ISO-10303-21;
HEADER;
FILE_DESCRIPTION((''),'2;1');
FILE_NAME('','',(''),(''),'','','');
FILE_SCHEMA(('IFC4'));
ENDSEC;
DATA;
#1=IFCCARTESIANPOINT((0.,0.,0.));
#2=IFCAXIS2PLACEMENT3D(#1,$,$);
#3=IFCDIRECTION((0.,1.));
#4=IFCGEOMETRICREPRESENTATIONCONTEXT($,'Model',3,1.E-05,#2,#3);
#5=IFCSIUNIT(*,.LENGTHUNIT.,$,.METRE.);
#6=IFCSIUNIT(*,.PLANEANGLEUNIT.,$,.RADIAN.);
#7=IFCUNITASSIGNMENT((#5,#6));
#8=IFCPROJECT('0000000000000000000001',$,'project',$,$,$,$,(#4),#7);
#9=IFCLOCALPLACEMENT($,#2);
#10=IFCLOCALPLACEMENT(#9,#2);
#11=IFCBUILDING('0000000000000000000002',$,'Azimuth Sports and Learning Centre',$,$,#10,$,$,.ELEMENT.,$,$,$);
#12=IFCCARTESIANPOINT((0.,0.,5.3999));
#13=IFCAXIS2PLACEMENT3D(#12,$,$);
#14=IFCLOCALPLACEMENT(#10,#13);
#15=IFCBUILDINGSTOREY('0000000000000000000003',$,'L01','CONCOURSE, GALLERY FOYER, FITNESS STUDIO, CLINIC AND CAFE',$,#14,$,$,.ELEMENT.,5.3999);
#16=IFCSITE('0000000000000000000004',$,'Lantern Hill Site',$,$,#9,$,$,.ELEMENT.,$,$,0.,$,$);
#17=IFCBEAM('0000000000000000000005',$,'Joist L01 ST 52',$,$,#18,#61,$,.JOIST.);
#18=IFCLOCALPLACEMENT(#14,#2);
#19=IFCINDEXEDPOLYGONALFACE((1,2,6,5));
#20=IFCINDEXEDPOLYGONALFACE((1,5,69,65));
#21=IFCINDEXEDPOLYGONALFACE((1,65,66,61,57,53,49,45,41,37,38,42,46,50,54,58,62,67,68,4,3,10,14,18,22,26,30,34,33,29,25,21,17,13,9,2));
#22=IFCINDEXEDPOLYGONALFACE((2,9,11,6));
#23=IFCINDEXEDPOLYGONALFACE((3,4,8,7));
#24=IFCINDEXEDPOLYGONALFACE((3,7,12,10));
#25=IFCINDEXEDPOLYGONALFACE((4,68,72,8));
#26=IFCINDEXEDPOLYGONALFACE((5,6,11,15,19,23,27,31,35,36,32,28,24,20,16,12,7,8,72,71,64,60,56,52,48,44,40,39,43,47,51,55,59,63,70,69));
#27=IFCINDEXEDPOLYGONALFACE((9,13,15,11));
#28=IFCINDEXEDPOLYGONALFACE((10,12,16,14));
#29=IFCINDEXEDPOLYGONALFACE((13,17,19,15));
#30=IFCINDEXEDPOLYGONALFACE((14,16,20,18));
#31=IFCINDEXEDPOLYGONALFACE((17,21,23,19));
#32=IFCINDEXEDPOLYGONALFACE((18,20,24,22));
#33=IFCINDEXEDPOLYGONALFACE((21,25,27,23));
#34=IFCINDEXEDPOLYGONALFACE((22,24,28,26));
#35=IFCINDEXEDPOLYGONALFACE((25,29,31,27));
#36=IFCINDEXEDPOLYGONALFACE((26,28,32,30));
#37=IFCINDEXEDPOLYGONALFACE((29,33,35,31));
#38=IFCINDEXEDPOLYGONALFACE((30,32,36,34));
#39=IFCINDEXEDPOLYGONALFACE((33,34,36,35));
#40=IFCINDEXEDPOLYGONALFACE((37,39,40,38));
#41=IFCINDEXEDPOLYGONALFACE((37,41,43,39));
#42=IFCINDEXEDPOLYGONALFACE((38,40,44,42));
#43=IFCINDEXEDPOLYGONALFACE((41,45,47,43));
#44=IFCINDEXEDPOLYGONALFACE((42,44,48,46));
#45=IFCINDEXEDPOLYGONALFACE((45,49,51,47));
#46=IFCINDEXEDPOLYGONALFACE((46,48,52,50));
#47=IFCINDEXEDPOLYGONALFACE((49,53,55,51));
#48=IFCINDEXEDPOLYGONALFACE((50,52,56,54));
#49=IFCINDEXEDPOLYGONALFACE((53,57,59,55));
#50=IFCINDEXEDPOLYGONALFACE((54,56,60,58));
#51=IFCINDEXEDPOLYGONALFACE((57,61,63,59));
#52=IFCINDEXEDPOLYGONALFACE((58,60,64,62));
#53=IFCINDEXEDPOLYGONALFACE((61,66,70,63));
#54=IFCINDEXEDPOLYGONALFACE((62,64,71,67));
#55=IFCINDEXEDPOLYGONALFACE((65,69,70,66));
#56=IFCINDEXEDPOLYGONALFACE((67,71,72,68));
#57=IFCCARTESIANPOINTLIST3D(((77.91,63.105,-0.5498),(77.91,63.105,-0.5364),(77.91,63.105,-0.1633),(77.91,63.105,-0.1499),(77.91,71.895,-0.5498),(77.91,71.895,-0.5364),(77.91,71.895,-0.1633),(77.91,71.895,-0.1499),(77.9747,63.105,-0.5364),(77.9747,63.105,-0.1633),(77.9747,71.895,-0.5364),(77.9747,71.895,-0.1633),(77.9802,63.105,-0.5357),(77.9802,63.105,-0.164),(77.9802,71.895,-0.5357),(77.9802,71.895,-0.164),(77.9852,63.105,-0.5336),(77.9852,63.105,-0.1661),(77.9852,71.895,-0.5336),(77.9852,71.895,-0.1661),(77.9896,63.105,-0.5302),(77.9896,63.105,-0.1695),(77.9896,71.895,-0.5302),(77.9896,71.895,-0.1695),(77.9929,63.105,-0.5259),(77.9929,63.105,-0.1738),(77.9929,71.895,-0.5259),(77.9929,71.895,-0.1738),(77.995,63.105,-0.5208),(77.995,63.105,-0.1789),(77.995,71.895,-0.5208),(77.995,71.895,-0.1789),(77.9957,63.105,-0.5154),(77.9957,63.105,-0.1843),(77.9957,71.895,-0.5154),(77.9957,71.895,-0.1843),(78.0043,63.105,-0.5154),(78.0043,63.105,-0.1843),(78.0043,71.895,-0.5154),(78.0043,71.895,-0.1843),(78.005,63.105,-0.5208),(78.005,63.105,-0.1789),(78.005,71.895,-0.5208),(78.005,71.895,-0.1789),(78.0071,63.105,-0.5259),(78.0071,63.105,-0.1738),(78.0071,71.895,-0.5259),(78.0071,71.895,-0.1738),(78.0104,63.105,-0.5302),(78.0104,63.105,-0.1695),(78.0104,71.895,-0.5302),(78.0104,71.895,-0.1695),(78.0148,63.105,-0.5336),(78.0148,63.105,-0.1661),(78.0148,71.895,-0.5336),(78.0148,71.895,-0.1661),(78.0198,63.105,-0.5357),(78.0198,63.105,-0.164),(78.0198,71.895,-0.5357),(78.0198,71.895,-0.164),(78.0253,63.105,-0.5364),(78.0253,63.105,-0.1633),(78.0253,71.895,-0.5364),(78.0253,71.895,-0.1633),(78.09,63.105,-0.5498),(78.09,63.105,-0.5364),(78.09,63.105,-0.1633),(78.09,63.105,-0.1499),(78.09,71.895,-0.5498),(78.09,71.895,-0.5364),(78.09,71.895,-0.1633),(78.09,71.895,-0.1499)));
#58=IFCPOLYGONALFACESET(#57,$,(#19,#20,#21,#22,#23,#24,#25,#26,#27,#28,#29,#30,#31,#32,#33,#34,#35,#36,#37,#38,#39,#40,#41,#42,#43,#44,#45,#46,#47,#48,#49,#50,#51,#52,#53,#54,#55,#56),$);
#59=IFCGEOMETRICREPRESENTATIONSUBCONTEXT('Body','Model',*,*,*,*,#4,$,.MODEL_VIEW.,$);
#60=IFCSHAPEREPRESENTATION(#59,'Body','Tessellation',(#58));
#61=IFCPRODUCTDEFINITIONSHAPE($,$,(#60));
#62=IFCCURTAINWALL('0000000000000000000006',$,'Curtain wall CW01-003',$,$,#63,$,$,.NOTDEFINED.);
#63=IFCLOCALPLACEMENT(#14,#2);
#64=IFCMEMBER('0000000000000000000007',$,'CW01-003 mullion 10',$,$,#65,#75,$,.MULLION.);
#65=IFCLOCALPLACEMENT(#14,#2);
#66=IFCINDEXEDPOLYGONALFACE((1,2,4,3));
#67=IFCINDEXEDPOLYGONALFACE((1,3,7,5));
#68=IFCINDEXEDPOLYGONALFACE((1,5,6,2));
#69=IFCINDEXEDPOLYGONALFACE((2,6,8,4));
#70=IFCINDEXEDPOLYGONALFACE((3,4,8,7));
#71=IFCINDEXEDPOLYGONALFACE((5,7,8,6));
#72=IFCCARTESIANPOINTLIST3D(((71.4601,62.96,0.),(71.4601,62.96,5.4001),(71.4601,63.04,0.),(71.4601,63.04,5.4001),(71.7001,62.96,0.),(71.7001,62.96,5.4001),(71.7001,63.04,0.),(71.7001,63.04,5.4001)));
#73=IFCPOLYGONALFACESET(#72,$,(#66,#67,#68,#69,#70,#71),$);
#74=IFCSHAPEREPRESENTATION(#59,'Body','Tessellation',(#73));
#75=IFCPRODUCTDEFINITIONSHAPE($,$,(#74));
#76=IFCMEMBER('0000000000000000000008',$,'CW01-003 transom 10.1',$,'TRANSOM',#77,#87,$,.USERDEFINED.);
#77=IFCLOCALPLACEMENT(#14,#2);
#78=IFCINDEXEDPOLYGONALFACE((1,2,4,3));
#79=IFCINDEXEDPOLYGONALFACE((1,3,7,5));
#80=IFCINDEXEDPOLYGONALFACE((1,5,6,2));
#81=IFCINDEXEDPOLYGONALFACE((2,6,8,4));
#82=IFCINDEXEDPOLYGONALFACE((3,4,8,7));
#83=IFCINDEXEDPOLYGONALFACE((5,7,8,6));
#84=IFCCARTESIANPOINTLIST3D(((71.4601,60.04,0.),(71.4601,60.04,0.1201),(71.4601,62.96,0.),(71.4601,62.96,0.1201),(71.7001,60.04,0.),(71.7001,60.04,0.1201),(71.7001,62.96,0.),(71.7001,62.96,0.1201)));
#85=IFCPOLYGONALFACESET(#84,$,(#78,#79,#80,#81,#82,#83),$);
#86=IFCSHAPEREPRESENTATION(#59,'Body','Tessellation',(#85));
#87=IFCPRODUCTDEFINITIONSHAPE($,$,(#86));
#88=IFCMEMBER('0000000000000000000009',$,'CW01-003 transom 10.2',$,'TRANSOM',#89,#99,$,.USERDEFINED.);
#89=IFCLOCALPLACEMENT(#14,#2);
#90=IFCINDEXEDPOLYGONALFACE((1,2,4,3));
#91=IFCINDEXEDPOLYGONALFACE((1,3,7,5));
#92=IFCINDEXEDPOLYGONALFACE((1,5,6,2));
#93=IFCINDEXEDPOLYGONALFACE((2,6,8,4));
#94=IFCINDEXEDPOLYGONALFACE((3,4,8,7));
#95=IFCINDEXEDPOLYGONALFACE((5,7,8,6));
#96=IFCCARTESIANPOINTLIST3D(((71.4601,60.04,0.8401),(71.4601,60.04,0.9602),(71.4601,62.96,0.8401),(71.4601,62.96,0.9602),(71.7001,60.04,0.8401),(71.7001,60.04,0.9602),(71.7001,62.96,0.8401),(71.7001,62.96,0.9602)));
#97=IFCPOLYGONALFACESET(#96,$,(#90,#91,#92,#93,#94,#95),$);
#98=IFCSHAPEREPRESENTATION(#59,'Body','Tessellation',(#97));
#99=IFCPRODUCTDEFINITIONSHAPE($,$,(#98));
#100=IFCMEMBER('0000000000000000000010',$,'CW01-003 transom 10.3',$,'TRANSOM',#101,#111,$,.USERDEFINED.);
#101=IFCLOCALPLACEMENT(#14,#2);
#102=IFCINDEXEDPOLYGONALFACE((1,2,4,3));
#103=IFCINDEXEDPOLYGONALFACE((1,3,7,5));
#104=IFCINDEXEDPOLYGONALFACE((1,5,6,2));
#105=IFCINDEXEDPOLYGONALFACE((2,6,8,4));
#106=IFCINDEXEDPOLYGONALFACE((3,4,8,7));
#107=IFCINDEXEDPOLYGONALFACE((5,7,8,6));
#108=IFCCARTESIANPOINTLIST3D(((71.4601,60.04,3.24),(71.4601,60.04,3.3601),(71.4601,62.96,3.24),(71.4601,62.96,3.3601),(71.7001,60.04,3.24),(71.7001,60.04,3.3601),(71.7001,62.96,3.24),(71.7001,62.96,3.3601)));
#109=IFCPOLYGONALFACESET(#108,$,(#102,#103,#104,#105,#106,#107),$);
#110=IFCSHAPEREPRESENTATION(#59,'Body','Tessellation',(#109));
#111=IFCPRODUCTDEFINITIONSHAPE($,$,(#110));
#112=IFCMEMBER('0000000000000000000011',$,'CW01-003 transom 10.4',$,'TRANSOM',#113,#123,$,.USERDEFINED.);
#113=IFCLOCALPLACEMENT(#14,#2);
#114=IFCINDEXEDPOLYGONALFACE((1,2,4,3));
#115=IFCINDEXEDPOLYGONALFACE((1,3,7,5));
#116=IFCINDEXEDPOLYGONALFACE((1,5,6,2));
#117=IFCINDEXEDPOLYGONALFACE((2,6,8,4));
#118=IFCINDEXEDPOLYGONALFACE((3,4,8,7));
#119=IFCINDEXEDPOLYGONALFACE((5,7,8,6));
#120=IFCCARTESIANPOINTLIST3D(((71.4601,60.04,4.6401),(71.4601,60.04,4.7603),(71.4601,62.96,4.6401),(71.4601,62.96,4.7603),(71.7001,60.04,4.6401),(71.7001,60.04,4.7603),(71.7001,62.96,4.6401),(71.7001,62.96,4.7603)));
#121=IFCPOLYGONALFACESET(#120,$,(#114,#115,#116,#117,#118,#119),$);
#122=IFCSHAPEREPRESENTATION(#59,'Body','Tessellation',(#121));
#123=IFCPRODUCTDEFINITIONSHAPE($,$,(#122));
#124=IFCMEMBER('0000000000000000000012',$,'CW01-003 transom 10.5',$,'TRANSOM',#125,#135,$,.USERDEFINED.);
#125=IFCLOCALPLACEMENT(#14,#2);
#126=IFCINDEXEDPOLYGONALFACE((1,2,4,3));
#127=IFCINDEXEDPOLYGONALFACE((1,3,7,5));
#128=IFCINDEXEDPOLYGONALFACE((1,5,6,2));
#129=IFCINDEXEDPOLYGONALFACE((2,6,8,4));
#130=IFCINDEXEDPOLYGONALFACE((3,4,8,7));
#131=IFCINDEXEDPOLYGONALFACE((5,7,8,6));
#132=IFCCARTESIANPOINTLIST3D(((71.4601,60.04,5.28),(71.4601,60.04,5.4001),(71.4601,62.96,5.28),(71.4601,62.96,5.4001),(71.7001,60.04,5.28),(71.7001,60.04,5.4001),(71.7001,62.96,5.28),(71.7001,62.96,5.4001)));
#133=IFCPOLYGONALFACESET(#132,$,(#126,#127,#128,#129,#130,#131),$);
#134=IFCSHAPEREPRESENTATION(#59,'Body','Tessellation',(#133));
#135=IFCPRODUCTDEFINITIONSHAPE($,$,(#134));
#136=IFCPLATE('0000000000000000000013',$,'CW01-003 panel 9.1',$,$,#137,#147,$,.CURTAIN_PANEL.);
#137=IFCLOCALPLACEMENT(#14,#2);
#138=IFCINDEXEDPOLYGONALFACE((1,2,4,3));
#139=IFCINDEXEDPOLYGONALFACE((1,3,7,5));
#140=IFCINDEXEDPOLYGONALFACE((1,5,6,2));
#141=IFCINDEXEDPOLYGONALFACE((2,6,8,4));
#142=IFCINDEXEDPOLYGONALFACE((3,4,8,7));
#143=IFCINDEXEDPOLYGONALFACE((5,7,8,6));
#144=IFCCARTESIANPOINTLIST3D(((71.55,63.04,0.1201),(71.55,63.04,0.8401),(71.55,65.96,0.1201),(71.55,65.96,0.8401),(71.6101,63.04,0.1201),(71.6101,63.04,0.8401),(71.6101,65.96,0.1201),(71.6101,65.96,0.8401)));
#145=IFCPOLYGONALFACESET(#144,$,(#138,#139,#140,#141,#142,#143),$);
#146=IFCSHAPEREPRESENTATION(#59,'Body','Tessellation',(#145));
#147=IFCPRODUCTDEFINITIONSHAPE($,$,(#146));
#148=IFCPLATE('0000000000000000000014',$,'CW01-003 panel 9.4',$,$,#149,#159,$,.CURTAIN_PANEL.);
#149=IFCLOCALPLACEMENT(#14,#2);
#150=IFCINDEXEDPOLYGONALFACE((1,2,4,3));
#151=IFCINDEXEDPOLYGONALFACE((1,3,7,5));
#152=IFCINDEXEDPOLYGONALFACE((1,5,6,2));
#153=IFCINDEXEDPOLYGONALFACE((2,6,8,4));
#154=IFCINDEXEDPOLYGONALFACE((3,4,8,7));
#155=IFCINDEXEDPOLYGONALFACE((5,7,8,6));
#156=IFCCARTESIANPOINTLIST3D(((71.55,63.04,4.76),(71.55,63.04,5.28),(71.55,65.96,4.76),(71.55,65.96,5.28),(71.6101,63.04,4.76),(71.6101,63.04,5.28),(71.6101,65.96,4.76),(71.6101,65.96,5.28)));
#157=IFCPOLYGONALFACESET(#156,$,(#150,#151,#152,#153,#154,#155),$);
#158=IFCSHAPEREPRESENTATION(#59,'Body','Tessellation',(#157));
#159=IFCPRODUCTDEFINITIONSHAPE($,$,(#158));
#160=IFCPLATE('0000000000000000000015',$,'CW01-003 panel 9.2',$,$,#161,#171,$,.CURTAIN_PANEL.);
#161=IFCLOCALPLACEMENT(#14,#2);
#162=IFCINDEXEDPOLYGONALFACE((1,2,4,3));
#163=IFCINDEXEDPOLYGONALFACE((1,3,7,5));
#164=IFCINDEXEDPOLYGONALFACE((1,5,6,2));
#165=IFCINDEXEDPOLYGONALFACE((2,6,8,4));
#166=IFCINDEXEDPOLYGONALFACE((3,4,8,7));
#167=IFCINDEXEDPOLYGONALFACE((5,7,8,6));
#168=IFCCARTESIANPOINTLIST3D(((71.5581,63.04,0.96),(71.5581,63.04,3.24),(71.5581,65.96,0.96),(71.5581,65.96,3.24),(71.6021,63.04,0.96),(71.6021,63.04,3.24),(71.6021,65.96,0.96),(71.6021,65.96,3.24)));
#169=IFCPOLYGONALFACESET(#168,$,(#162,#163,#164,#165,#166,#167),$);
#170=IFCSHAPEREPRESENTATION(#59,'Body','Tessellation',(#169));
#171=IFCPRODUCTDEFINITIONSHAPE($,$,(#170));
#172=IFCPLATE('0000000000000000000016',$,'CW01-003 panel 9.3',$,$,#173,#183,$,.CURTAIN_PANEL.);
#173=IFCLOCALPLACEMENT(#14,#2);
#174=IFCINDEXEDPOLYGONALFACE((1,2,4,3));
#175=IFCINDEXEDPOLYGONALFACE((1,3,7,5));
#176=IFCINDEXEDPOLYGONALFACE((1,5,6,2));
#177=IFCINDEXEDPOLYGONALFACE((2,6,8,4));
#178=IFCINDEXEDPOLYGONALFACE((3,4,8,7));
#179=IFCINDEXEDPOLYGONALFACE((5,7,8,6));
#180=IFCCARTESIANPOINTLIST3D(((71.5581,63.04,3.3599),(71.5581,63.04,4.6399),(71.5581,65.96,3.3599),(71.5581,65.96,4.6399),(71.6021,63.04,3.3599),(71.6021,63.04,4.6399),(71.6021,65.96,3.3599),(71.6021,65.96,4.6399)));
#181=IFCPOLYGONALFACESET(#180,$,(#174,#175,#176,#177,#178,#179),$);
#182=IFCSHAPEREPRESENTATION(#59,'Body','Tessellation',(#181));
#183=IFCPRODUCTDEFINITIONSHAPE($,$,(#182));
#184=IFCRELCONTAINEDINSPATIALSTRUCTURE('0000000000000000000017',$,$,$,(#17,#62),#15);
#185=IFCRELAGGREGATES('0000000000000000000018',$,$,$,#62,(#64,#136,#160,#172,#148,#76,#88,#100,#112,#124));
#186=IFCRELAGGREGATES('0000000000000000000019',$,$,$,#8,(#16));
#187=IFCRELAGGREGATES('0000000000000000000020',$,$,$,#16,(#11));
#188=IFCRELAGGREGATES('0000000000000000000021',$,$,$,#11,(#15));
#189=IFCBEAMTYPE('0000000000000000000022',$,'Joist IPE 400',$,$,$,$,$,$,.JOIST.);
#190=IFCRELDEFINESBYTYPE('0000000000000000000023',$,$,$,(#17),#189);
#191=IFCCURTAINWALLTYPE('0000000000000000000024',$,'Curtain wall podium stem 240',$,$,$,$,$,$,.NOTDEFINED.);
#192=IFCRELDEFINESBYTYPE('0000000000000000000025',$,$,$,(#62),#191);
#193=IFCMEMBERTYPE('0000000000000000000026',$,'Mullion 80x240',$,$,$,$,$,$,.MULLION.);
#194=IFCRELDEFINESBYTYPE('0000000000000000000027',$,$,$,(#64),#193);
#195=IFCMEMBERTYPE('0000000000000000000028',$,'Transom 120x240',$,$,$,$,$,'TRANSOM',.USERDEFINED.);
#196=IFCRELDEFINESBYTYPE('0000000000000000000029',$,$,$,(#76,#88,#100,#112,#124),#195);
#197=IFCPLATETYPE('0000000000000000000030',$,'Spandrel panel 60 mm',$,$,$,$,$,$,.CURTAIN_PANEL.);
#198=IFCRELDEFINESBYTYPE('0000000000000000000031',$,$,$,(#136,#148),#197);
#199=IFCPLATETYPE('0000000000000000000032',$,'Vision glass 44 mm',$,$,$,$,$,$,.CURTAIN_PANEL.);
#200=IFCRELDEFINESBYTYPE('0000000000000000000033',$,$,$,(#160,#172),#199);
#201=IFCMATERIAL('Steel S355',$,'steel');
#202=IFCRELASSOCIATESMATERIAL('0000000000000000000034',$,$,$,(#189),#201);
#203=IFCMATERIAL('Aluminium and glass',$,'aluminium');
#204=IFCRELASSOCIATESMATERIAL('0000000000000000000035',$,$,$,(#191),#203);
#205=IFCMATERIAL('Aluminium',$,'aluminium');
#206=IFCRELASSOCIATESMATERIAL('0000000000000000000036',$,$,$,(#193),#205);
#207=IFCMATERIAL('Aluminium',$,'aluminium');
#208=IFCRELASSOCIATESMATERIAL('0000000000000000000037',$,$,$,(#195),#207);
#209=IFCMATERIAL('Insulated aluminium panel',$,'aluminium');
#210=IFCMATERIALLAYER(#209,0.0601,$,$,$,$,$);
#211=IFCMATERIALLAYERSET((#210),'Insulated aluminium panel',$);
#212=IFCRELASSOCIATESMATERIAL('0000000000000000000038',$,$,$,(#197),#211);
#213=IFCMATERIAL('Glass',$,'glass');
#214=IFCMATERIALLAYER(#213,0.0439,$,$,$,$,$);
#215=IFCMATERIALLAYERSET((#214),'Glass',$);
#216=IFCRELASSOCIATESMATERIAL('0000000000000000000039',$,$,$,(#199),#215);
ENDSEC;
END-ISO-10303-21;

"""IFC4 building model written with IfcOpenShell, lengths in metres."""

from ifc_helpers import new_model, si_unit, direction, frame, origin, origin_2d, place, context, subcontext, project, spatial, rectangle, i_section, extrude, material, layer, layer_set, material_profile, profile_set, type_object, element, aggregate, save


model = new_model("IFC4")

# Units and contexts
model_context = context("Model", 3, precision=1e-05, world=origin(), true_north=direction((0.0, 1.0)))
body_context = subcontext(model_context, "Body", "Model", "MODEL_VIEW")
ifc_project = project(units=[si_unit("LENGTHUNIT", "METRE"), si_unit("PLANEANGLEUNIT", "RADIAN")], contexts=[model_context])

# Site, building, storey
site_placement = place(None, origin())
site = spatial("IfcSite", under=ifc_project, at=site_placement, Name="Lantern Hill Site", CompositionType="ELEMENT", RefElevation=0.0)
building_placement = place(site_placement, origin())
building = spatial("IfcBuilding", under=site, at=building_placement, Name="Azimuth Sports and Learning Centre", CompositionType="ELEMENT")
storey_placement = place(building_placement, frame((0.0, 0.0, 5.3999)))
storey = spatial("IfcBuildingStorey", under=building, at=storey_placement, Name="L01", Description="CONCOURSE, GALLERY FOYER, FITNESS STUDIO, CLINIC AND CAFE", CompositionType="ELEMENT", Elevation=5.3999)

# Beam
ifc_material_1 = material(Name="Steel S355", Category="steel")
ifc_material_profile_1 = material_profile(ifc_material_1, i_section(OverallWidth=0.1799, OverallDepth=0.3999, WebThickness=0.0085, FlangeThickness=0.0134, FilletRadius=0.021, at=origin_2d()), Name="IPE 400")
ifc_profile_set_1 = profile_set([ifc_material_profile_1], Name="Steel S355")
beam_type_1 = type_object("IfcBeamType", Name="Joist IPE 400", PredefinedType="JOIST", material=ifc_profile_set_1)
for number, where, z_axis, x_axis, name in (
    (1, (78.0, 63.105, -0.3499), (0.0, 1.0, 0.0), (-1.0, 0.0, 0.0), "Joist L01 ST 52"),
):
    element("IfcBeam", number, at=place(storey_placement, frame(where, z_axis=z_axis, x_axis=x_axis)), inside=storey, type_object=beam_type_1, Name=name, PredefinedType="JOIST", context=body_context, shape_type="SweptSolid", body=[
        extrude(i_section(OverallWidth=0.1799, OverallDepth=0.3999, WebThickness=0.0085, FlangeThickness=0.0134, FilletRadius=0.021, at=origin_2d()), origin(), (0.0, 0.0, 1.0), 8.79),
    ])

# Curtain wall, members, plates
ifc_material_2 = material(Name="Aluminium and glass", Category="aluminium")
curtain_wall_type = type_object("IfcCurtainWallType", Name="Curtain wall podium stem 240", PredefinedType="NOTDEFINED", material=ifc_material_2)
curtain_wall_placement = place(storey_placement, origin())
curtain_wall = element("IfcCurtainWall", 2, at=curtain_wall_placement, inside=storey, type_object=curtain_wall_type, Name="Curtain wall CW01-003", PredefinedType="NOTDEFINED")
ifc_material_3 = material(Name="Aluminium", Category="aluminium")
ifc_material_profile_2 = material_profile(ifc_material_3, rectangle(XDim=0.24, YDim=0.0801, at=origin_2d()), Name="Mullion 80x240")
ifc_profile_set_2 = profile_set([ifc_material_profile_2], Name="Aluminium")
member_type_1 = type_object("IfcMemberType", Name="Mullion 80x240", PredefinedType="MULLION", material=ifc_profile_set_2)
member_1_placement = place(storey_placement, frame((71.5801, 63.0, 0.0), z_axis=(0.0, 0.0, 1.0), x_axis=(1.0, 0.0, 0.0)))
member_1 = element("IfcMember", 3, at=member_1_placement, type_object=member_type_1, Name="CW01-003 mullion 10", PredefinedType="MULLION", context=body_context, shape_type="SweptSolid", body=[
    extrude(rectangle(XDim=0.24, YDim=0.0801, at=origin_2d()), origin(), (0.0, 0.0, 1.0), 5.4001),
])
ifc_material_4 = material(Name="Aluminium", Category="aluminium")
ifc_material_profile_3 = material_profile(ifc_material_4, rectangle(XDim=0.24, YDim=0.1201, at=origin_2d()), Name="Transom 120x240")
ifc_profile_set_3 = profile_set([ifc_material_profile_3], Name="Aluminium")
member_type_2 = type_object("IfcMemberType", Name="Transom 120x240", ElementType="TRANSOM", PredefinedType="USERDEFINED", material=ifc_profile_set_3)
member_2_placement = place(storey_placement, frame((71.5801, 62.96, 0.0601), z_axis=(0.0, -1.0, 0.0), x_axis=(1.0, 0.0, 0.0)))
member_2 = element("IfcMember", 4, at=member_2_placement, type_object=member_type_2, Name="CW01-003 transom 10.1", ObjectType="TRANSOM", PredefinedType="USERDEFINED", context=body_context, shape_type="SweptSolid", body=[
    extrude(rectangle(XDim=0.24, YDim=0.1201, at=origin_2d()), origin(), (0.0, 0.0, 1.0), 2.9199),
])
member_3_placement = place(storey_placement, frame((71.5801, 62.96, 0.9001), z_axis=(0.0, -1.0, 0.0), x_axis=(1.0, 0.0, 0.0)))
member_3 = element("IfcMember", 5, at=member_3_placement, type_object=member_type_2, Name="CW01-003 transom 10.2", ObjectType="TRANSOM", PredefinedType="USERDEFINED", context=body_context, shape_type="SweptSolid", body=[
    extrude(rectangle(XDim=0.24, YDim=0.1201, at=origin_2d()), origin(), (0.0, 0.0, 1.0), 2.9199),
])
member_4_placement = place(storey_placement, frame((71.5801, 62.96, 3.3), z_axis=(0.0, -1.0, 0.0), x_axis=(1.0, 0.0, 0.0)))
member_4 = element("IfcMember", 6, at=member_4_placement, type_object=member_type_2, Name="CW01-003 transom 10.3", ObjectType="TRANSOM", PredefinedType="USERDEFINED", context=body_context, shape_type="SweptSolid", body=[
    extrude(rectangle(XDim=0.24, YDim=0.1201, at=origin_2d()), origin(), (0.0, 0.0, 1.0), 2.9199),
])
member_5_placement = place(storey_placement, frame((71.5801, 62.96, 4.7002), z_axis=(0.0, -1.0, 0.0), x_axis=(1.0, 0.0, 0.0)))
member_5 = element("IfcMember", 7, at=member_5_placement, type_object=member_type_2, Name="CW01-003 transom 10.4", ObjectType="TRANSOM", PredefinedType="USERDEFINED", context=body_context, shape_type="SweptSolid", body=[
    extrude(rectangle(XDim=0.24, YDim=0.1201, at=origin_2d()), origin(), (0.0, 0.0, 1.0), 2.9199),
])
member_6_placement = place(storey_placement, frame((71.5801, 62.96, 5.3401), z_axis=(0.0, -1.0, 0.0), x_axis=(1.0, 0.0, 0.0)))
member_6 = element("IfcMember", 8, at=member_6_placement, type_object=member_type_2, Name="CW01-003 transom 10.5", ObjectType="TRANSOM", PredefinedType="USERDEFINED", context=body_context, shape_type="SweptSolid", body=[
    extrude(rectangle(XDim=0.24, YDim=0.1201, at=origin_2d()), origin(), (0.0, 0.0, 1.0), 2.9199),
])
ifc_material_5 = material(Name="Insulated aluminium panel", Category="aluminium")
ifc_layer_1 = layer(ifc_material_5, 0.0601)
ifc_layer_set_1 = layer_set([ifc_layer_1], Name="Insulated aluminium panel")
plate_type_1 = type_object("IfcPlateType", Name="Spandrel panel 60 mm", PredefinedType="CURTAIN_PANEL", material=ifc_layer_set_1)
plate_1_placement = place(storey_placement, frame((71.5801, 64.5, 0.1201), z_axis=(0.0, 0.0, 1.0), x_axis=(0.0, -1.0, 0.0)))
plate_1 = element("IfcPlate", 9, at=plate_1_placement, type_object=plate_type_1, Name="CW01-003 panel 9.1", PredefinedType="CURTAIN_PANEL", context=body_context, shape_type="SweptSolid", body=[
    extrude(rectangle(XDim=2.9199, YDim=0.0601, at=origin_2d()), origin(), (0.0, 0.0, 1.0), 0.72),
])
plate_2_placement = place(storey_placement, frame((71.5801, 64.5, 4.76), z_axis=(0.0, 0.0, 1.0), x_axis=(0.0, -1.0, 0.0)))
plate_2 = element("IfcPlate", 10, at=plate_2_placement, type_object=plate_type_1, Name="CW01-003 panel 9.4", PredefinedType="CURTAIN_PANEL", context=body_context, shape_type="SweptSolid", body=[
    extrude(rectangle(XDim=2.9199, YDim=0.0601, at=origin_2d()), origin(), (0.0, 0.0, 1.0), 0.52),
])
ifc_material_6 = material(Name="Glass", Category="glass")
ifc_layer_2 = layer(ifc_material_6, 0.0439)
ifc_layer_set_2 = layer_set([ifc_layer_2], Name="Glass")
plate_type_2 = type_object("IfcPlateType", Name="Vision glass 44 mm", PredefinedType="CURTAIN_PANEL", material=ifc_layer_set_2)
plate_3_placement = place(storey_placement, frame((71.5801, 64.5, 0.96), z_axis=(0.0, 0.0, 1.0), x_axis=(0.0, -1.0, 0.0)))
plate_3 = element("IfcPlate", 11, at=plate_3_placement, type_object=plate_type_2, Name="CW01-003 panel 9.2", PredefinedType="CURTAIN_PANEL", context=body_context, shape_type="SweptSolid", body=[
    extrude(rectangle(XDim=2.9199, YDim=0.0439, at=origin_2d()), origin(), (0.0, 0.0, 1.0), 2.28),
])
plate_4_placement = place(storey_placement, frame((71.5801, 64.5, 3.3599), z_axis=(0.0, 0.0, 1.0), x_axis=(0.0, -1.0, 0.0)))
plate_4 = element("IfcPlate", 12, at=plate_4_placement, type_object=plate_type_2, Name="CW01-003 panel 9.3", PredefinedType="CURTAIN_PANEL", context=body_context, shape_type="SweptSolid", body=[
    extrude(rectangle(XDim=2.9199, YDim=0.0439, at=origin_2d()), origin(), (0.0, 0.0, 1.0), 1.28),
])
aggregate(curtain_wall, [member_1, plate_1, plate_3, plate_4, plate_2, member_2, member_3, member_4, member_5, member_6])

save(model, "model.ifc")
